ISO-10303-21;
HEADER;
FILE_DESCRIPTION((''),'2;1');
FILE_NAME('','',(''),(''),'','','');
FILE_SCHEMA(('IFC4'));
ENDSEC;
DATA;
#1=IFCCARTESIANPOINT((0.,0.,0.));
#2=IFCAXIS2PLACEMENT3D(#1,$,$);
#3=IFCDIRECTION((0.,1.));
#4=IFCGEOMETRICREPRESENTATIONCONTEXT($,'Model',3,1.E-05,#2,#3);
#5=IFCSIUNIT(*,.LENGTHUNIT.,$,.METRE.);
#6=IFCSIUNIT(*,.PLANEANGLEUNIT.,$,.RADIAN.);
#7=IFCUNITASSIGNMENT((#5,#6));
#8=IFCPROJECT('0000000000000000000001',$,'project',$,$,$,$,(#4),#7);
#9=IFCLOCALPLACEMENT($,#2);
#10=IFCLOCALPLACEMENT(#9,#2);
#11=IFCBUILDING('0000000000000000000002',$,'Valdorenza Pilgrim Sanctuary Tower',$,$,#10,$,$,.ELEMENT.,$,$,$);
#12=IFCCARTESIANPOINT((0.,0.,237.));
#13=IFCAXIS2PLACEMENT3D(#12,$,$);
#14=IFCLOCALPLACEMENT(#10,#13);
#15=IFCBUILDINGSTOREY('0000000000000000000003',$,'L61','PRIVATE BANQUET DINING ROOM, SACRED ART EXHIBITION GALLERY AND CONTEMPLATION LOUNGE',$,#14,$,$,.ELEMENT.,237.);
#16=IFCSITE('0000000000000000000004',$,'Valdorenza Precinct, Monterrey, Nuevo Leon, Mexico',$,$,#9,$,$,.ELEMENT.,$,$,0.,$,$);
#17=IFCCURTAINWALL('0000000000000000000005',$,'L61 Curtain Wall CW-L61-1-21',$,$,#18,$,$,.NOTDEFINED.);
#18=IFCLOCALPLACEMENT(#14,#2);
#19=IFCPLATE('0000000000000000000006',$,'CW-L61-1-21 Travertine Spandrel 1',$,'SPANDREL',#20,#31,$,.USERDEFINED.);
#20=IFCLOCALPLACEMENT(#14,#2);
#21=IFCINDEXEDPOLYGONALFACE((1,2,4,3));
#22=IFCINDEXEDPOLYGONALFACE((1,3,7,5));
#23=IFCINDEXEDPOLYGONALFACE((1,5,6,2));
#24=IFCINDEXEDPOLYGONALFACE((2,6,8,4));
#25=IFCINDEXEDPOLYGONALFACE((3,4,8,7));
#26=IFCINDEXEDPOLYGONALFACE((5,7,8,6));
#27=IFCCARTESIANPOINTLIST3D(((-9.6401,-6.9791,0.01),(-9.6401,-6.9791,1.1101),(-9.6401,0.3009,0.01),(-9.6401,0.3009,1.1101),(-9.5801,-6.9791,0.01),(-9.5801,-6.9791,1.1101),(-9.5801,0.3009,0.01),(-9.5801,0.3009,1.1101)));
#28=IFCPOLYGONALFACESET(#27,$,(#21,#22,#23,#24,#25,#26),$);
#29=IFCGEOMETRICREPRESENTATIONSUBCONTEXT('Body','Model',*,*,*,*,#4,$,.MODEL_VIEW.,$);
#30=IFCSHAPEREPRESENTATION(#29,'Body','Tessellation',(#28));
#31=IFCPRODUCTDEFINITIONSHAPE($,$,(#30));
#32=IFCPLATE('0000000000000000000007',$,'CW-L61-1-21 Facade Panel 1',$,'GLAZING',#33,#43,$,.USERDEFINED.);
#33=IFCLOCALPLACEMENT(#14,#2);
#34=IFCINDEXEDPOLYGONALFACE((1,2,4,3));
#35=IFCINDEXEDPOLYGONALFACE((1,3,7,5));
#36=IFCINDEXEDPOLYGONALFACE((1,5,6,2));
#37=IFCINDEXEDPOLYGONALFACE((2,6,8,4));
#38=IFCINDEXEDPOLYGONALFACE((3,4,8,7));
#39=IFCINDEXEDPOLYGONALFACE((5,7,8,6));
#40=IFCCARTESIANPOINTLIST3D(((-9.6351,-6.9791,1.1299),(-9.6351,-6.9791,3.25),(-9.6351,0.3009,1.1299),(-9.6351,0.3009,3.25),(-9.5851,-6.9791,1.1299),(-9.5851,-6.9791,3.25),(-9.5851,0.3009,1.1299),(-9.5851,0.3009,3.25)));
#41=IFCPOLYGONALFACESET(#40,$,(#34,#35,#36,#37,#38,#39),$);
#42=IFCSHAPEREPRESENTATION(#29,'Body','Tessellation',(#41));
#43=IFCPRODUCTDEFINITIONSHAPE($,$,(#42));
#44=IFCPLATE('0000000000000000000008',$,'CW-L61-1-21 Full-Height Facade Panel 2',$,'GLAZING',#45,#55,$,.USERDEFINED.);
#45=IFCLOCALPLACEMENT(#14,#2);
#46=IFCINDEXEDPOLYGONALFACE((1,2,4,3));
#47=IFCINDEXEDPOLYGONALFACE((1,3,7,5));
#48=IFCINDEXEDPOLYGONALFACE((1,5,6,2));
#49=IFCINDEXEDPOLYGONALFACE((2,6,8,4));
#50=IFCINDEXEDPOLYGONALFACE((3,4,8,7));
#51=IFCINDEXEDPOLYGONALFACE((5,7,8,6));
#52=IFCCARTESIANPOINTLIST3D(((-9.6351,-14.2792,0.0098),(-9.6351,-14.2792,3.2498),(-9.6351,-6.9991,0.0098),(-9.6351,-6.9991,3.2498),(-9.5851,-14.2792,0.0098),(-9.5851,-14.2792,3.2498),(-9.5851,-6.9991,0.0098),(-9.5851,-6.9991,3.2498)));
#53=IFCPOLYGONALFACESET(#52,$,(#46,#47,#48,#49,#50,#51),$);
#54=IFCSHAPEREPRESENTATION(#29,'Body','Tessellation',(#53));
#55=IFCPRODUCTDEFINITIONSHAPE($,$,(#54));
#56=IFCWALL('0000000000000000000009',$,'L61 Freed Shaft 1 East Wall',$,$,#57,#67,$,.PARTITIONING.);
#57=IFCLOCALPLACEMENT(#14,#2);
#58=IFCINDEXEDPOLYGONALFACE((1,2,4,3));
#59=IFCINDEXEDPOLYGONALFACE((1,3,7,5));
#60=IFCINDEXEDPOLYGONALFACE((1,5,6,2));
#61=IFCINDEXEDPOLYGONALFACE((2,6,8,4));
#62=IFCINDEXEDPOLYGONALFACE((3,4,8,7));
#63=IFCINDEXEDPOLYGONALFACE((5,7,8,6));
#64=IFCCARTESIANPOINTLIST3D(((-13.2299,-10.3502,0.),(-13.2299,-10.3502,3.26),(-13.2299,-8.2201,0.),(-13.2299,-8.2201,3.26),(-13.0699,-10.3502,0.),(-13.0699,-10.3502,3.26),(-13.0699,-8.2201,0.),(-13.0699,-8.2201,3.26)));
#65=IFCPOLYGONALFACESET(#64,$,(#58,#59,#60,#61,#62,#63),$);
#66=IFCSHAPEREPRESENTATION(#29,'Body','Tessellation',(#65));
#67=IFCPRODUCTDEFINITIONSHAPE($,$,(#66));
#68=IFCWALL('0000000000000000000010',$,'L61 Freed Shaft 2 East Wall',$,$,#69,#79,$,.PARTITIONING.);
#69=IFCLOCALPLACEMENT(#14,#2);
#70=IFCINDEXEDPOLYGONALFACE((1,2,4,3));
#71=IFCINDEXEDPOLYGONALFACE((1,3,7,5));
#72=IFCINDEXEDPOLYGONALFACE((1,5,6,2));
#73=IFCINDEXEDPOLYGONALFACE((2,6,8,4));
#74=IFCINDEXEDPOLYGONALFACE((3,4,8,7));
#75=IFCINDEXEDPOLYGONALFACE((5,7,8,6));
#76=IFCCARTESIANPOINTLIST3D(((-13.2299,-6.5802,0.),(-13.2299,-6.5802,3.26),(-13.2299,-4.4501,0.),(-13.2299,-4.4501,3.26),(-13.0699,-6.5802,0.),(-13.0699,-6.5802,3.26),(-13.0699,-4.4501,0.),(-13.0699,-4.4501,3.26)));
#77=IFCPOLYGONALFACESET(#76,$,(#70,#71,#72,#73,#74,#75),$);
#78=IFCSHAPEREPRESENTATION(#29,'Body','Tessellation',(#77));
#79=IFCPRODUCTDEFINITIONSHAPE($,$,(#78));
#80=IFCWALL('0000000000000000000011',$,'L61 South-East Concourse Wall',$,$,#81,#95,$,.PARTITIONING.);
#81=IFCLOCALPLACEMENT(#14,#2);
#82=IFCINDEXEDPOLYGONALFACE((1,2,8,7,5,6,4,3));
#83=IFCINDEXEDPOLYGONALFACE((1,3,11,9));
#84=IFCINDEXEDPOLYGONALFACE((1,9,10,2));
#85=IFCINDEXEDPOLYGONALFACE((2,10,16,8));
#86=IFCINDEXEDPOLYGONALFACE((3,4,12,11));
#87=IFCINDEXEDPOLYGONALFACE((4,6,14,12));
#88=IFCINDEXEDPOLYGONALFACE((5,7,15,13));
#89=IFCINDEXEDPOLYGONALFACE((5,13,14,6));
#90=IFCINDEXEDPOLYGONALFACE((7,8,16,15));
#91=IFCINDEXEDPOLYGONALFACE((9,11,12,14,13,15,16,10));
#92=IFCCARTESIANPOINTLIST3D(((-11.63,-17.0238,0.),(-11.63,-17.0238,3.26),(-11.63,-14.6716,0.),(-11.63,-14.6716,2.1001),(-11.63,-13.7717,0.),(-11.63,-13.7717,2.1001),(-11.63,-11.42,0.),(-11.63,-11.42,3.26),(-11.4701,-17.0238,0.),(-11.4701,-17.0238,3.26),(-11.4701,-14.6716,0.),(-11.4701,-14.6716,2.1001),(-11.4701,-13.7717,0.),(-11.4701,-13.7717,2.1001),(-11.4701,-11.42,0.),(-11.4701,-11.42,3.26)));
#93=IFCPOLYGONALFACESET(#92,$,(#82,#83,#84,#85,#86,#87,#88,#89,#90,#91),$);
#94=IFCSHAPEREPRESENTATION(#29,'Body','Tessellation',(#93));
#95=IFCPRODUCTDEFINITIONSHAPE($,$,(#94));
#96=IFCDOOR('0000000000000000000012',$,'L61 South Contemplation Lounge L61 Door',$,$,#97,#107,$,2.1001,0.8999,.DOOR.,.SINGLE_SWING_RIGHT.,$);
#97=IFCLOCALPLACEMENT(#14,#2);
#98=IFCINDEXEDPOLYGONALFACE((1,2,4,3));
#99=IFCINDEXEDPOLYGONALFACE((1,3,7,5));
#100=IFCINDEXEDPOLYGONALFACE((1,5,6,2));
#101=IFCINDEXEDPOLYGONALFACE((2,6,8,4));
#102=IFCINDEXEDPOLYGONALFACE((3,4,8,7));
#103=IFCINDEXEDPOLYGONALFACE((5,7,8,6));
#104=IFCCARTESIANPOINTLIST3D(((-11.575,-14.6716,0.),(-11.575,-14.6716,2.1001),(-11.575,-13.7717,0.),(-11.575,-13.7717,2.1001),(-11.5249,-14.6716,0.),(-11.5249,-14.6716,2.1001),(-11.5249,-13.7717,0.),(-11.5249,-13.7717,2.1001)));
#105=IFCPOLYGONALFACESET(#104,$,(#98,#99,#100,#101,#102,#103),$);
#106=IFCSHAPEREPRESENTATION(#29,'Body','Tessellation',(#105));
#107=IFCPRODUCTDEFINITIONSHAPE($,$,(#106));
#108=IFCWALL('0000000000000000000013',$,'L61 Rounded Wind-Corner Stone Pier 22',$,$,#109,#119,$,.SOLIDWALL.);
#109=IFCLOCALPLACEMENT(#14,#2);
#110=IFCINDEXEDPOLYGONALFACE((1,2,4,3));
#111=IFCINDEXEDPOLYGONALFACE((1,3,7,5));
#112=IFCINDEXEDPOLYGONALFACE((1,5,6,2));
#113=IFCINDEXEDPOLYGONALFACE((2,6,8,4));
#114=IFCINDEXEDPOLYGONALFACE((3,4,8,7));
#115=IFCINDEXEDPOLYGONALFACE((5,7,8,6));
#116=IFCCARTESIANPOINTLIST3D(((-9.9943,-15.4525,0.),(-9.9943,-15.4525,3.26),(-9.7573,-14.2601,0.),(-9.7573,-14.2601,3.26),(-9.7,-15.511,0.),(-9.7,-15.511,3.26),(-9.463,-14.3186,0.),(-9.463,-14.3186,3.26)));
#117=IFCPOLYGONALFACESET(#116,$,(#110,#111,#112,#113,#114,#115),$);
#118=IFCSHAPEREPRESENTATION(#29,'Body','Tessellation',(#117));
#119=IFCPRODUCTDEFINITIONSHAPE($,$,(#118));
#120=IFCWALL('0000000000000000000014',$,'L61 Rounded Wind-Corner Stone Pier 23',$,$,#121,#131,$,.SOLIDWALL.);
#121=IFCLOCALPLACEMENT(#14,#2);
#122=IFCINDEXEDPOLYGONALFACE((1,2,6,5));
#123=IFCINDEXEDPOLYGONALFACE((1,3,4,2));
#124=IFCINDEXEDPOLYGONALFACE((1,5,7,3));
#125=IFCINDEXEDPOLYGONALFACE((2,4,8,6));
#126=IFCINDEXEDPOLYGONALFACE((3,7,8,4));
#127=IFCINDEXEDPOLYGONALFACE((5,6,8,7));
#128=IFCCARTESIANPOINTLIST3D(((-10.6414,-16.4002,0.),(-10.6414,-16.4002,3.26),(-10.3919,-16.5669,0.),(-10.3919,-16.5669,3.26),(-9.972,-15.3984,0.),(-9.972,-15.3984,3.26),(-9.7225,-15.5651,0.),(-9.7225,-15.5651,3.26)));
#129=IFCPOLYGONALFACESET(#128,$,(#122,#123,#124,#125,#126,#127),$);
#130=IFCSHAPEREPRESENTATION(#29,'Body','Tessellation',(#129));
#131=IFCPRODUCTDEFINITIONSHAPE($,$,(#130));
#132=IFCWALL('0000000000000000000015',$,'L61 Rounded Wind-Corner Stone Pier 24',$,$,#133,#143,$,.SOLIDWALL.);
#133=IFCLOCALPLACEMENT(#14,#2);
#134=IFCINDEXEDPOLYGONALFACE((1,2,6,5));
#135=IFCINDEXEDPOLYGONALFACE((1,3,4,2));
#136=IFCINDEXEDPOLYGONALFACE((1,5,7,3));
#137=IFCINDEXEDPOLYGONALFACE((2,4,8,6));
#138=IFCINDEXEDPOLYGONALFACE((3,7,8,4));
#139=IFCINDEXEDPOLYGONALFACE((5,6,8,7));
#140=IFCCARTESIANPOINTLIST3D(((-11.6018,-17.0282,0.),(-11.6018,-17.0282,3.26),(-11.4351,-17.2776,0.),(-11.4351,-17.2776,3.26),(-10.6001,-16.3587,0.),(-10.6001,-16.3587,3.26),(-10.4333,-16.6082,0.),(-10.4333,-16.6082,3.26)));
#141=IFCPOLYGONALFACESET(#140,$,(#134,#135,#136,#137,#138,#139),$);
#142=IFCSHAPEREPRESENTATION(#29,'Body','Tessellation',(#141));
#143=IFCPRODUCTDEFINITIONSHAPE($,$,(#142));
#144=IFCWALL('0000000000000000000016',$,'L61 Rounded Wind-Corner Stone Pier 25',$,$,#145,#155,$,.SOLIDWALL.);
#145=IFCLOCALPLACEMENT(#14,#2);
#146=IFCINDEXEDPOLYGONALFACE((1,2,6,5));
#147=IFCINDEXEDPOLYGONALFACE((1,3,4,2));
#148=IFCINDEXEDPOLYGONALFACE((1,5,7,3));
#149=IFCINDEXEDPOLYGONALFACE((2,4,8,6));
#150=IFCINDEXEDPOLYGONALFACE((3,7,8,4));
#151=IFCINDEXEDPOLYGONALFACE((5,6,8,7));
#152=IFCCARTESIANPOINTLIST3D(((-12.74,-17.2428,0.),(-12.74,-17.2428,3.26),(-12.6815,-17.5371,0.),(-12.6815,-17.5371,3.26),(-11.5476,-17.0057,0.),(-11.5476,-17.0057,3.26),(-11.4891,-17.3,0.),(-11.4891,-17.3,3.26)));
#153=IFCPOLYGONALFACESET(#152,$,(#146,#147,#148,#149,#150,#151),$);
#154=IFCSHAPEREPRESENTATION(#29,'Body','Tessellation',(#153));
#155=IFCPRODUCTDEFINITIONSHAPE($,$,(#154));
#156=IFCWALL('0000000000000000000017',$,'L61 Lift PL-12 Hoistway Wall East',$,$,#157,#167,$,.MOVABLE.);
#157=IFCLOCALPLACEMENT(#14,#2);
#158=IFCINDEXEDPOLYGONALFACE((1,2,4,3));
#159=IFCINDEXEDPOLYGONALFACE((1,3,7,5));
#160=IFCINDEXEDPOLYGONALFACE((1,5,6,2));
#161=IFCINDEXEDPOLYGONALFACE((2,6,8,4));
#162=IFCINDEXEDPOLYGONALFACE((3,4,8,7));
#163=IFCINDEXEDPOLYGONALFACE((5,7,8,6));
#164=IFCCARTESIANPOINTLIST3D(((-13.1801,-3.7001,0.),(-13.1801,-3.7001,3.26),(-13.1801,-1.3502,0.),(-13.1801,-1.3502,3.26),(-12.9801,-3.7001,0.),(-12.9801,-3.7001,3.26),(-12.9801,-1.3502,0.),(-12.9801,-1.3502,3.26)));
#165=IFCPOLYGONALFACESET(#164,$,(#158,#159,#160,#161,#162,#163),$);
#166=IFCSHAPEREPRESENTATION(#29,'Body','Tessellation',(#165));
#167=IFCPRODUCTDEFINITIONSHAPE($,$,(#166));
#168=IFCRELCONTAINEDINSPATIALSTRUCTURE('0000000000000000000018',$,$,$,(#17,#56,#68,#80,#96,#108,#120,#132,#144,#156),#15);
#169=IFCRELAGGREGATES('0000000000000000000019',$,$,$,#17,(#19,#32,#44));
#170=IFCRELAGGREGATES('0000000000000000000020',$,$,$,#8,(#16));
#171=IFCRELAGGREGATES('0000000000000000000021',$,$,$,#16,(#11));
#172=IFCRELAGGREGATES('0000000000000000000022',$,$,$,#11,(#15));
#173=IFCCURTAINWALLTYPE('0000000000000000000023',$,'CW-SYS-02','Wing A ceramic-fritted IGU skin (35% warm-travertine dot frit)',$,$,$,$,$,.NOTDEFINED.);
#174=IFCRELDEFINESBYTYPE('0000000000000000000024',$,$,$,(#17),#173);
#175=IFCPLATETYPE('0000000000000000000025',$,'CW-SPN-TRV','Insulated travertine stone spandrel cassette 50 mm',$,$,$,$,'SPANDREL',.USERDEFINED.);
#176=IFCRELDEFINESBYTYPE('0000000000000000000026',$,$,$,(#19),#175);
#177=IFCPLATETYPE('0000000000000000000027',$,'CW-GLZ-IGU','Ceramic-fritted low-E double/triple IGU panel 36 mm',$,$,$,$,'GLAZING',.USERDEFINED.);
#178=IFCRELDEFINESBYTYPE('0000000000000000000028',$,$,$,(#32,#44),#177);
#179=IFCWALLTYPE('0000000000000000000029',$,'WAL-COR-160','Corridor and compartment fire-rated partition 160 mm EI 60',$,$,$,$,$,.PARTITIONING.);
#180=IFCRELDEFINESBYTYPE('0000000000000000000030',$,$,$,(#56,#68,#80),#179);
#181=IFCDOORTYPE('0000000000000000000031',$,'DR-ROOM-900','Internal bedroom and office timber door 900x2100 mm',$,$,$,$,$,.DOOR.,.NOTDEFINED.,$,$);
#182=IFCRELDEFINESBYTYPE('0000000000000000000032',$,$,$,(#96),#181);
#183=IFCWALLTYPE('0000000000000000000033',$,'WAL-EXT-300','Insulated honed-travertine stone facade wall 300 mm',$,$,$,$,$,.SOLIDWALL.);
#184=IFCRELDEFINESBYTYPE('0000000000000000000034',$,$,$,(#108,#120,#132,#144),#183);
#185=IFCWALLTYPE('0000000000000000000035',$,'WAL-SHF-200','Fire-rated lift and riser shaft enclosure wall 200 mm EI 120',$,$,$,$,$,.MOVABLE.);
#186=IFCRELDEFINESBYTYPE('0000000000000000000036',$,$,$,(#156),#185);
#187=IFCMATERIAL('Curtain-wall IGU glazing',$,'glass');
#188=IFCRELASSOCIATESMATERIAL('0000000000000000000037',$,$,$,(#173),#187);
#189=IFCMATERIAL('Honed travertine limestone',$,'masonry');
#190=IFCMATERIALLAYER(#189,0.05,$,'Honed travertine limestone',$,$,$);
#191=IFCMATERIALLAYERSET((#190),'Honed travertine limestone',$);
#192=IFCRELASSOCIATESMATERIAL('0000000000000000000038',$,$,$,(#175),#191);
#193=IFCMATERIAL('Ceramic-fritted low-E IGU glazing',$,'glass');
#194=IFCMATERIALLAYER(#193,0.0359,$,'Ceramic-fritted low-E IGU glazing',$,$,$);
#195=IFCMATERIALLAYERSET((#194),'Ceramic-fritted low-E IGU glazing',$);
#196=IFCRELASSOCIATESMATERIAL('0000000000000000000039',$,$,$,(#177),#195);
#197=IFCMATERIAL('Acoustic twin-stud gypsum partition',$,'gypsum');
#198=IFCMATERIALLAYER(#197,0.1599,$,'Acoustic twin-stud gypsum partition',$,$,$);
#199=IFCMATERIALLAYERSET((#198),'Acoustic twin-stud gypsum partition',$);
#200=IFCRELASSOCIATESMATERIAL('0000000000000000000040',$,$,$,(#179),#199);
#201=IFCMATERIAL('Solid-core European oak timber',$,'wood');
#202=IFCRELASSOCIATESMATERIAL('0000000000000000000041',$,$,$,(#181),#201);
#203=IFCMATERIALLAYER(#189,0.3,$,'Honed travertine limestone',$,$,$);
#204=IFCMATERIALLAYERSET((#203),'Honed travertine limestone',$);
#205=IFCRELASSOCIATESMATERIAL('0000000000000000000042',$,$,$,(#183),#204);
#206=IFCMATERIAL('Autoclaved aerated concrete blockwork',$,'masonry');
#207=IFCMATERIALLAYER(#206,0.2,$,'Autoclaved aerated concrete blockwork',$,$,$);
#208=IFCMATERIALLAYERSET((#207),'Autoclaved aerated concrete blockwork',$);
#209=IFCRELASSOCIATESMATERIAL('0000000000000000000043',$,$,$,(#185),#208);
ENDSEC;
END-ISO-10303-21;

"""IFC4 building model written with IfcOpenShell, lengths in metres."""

from ifc_helpers import new_model, si_unit, direction, frame, frame_2d, origin, origin_2d, place, context, subcontext, project, spatial, rectangle, extrude, source, transform, mapped, material, layer, layer_set, type_object, element, fill, aggregate, save


model = new_model("IFC4")

# Units and contexts
model_context = context("Model", 3, precision=1e-05, world=origin(), true_north=direction((0.0, 1.0)))
body_context = subcontext(model_context, "Body", "Model", "MODEL_VIEW")
ifc_project = project(units=[si_unit("LENGTHUNIT", "METRE"), si_unit("PLANEANGLEUNIT", "RADIAN")], contexts=[model_context])

# Site, building, storey
site_placement = place(None, origin())
site = spatial("IfcSite", under=ifc_project, at=site_placement, Name="Valdorenza Precinct, Monterrey, Nuevo Leon, Mexico", CompositionType="ELEMENT", RefElevation=0.0)
building_placement = place(site_placement, origin())
building = spatial("IfcBuilding", under=site, at=building_placement, Name="Valdorenza Pilgrim Sanctuary Tower", CompositionType="ELEMENT")
storey_placement = place(building_placement, frame((0.0, 0.0, 237.0)))
storey = spatial("IfcBuildingStorey", under=building, at=storey_placement, Name="L61", Description="PRIVATE BANQUET DINING ROOM, SACRED ART EXHIBITION GALLERY AND CONTEMPLATION LOUNGE", CompositionType="ELEMENT", Elevation=237.0)

# Shared definitions
ifc_material_1 = material(Name="Curtain-wall IGU glazing", Category="glass")
curtain_wall_type = type_object("IfcCurtainWallType", Name="CW-SYS-02", Description="Wing A ceramic-fritted IGU skin (35% warm-travertine dot frit)", PredefinedType="NOTDEFINED", material=ifc_material_1)

# Curtain wall
curtain_wall_1_placement = place(storey_placement, origin())
curtain_wall_1 = element("IfcCurtainWall", 1, at=curtain_wall_1_placement, inside=storey, type_object=curtain_wall_type, Name="L61 Curtain Wall CW-L61-1-21", PredefinedType="NOTDEFINED")

# Plates
ifc_material_2 = material(Name="Honed travertine limestone", Category="masonry")
ifc_layer_1 = layer(ifc_material_2, 0.05, Name="Honed travertine limestone")
ifc_layer_set_1 = layer_set([ifc_layer_1], Name="Honed travertine limestone")
plate_type_1 = type_object("IfcPlateType", Name="CW-SPN-TRV", Description="Insulated travertine stone spandrel cassette 50 mm", ElementType="SPANDREL", PredefinedType="USERDEFINED", material=ifc_layer_set_1)
shared_shape_1 = source(origin(), body_context, "Body", "SweptSolid", [
    extrude(rectangle(XDim=7.28, YDim=0.0601, at=origin_2d()), origin(), (0.0, 0.0, 1.0), 1.1001),
])
plate_1_placement = place(storey_placement, frame((-9.6101, -3.3391, 0.01), z_axis=(0.0, 0.0, 1.0), x_axis=(0.0, -1.0, 0.0)))
plate_1 = element("IfcPlate", 2, at=plate_1_placement, type_object=plate_type_1, Name="CW-L61-1-21 Travertine Spandrel 1", ObjectType="SPANDREL", PredefinedType="USERDEFINED", context=body_context, shape_type="MappedRepresentation", body=[
    mapped(shared_shape_1, transform((0.0, 0.0, 0.0), x_axis=(1.0, 0.0, 0.0), y_axis=(0.0, 1.0, 0.0), z_axis=(0.0, 0.0, 1.0), scale=1.0)),
])
ifc_material_3 = material(Name="Ceramic-fritted low-E IGU glazing", Category="glass")
ifc_layer_2 = layer(ifc_material_3, 0.0359, Name="Ceramic-fritted low-E IGU glazing")
ifc_layer_set_2 = layer_set([ifc_layer_2], Name="Ceramic-fritted low-E IGU glazing")
plate_type_2 = type_object("IfcPlateType", Name="CW-GLZ-IGU", Description="Ceramic-fritted low-E double/triple IGU panel 36 mm", ElementType="GLAZING", PredefinedType="USERDEFINED", material=ifc_layer_set_2)
shared_shape_2 = source(origin(), body_context, "Body", "SweptSolid", [
    extrude(rectangle(XDim=7.28, YDim=0.05, at=origin_2d()), origin(), (0.0, 0.0, 1.0), 2.1201),
])
plate_2_placement = place(storey_placement, frame((-9.6101, -3.3391, 1.1299), z_axis=(0.0, 0.0, 1.0), x_axis=(0.0, -1.0, 0.0)))
plate_2 = element("IfcPlate", 3, at=plate_2_placement, type_object=plate_type_2, Name="CW-L61-1-21 Facade Panel 1", ObjectType="GLAZING", PredefinedType="USERDEFINED", context=body_context, shape_type="MappedRepresentation", body=[
    mapped(shared_shape_2, transform((0.0, 0.0, 0.0), x_axis=(1.0, 0.0, 0.0), y_axis=(0.0, 1.0, 0.0), z_axis=(0.0, 0.0, 1.0), scale=1.0)),
])
shared_shape_3 = source(origin(), body_context, "Body", "SweptSolid", [
    extrude(rectangle(XDim=7.28, YDim=0.05, at=origin_2d()), origin(), (0.0, 0.0, 1.0), 3.24),
])
plate_3_placement = place(storey_placement, frame((-9.6101, -10.6392, 0.0098), z_axis=(0.0, 0.0, 1.0), x_axis=(0.0, -1.0, 0.0)))
plate_3 = element("IfcPlate", 4, at=plate_3_placement, type_object=plate_type_2, Name="CW-L61-1-21 Full-Height Facade Panel 2", ObjectType="GLAZING", PredefinedType="USERDEFINED", context=body_context, shape_type="MappedRepresentation", body=[
    mapped(shared_shape_3, transform((0.0, 0.0, 0.0), x_axis=(1.0, 0.0, 0.0), y_axis=(0.0, 1.0, 0.0), z_axis=(0.0, 0.0, 1.0), scale=1.0)),
])
aggregate(curtain_wall_1, [plate_1, plate_2, plate_3])

# Walls
ifc_material_4 = material(Name="Acoustic twin-stud gypsum partition", Category="gypsum")
ifc_layer_3 = layer(ifc_material_4, 0.1599, Name="Acoustic twin-stud gypsum partition")
ifc_layer_set_3 = layer_set([ifc_layer_3], Name="Acoustic twin-stud gypsum partition")
wall_type_1 = type_object("IfcWallType", Name="WAL-COR-160", Description="Corridor and compartment fire-rated partition 160 mm EI 60", PredefinedType="PARTITIONING", material=ifc_layer_set_3)
for number, where, z_axis, x_axis, name in (
    (5, (-13.1499, -10.3501, 0.0), (0.0, 0.0, 1.0), (0.0, 1.0, 0.0), "L61 Freed Shaft 1 East Wall"),
    (6, (-13.1499, -6.5801, 0.0), (0.0, 0.0, 1.0), (0.0, 1.0, 0.0), "L61 Freed Shaft 2 East Wall"),
):
    element("IfcWall", number, at=place(storey_placement, frame(where, z_axis=z_axis, x_axis=x_axis)), inside=storey, type_object=wall_type_1, Name=name, PredefinedType="PARTITIONING", context=body_context, shape_type="SweptSolid", body=[
        extrude(rectangle(XDim=2.1301, YDim=0.1599, at=frame_2d((1.0649, 0.0))), origin(), (0.0, 0.0, 1.0), 3.26),
    ])

# Wall, opening, door
wall_1_placement = place(storey_placement, frame((-11.55, -17.0237, 0.0), z_axis=(0.0, 0.0, 1.0), x_axis=(0.0, 1.0, 0.0)))
wall_1 = element("IfcWall", 7, at=wall_1_placement, inside=storey, type_object=wall_type_1, Name="L61 South-East Concourse Wall", PredefinedType="PARTITIONING", context=body_context, shape_type="SweptSolid", body=[
    extrude(rectangle(XDim=5.6038, YDim=0.1599, at=frame_2d((2.8018, 0.0))), origin(), (0.0, 0.0, 1.0), 3.26),
])
opening_placement = place(wall_1_placement, frame((2.3521, 0.0, 0.0)))
opening = element("IfcOpeningElement", 8, at=opening_placement, cuts=wall_1, PredefinedType="OPENING", context=body_context, shape_type="SweptSolid", body=[
    extrude(rectangle(XDim=0.8999, YDim=2.1001, at=frame_2d((0.45, 1.05))), frame((0.0, 0.0947, 0.0), z_axis=(0.0, -1.0, 0.0), x_axis=(1.0, 0.0, 0.0)), (0.0, 0.0, 1.0), 0.1897),
])
ifc_material_5 = material(Name="Solid-core European oak timber", Category="wood")
door_type = type_object("IfcDoorType", Name="DR-ROOM-900", Description="Internal bedroom and office timber door 900x2100 mm", OperationType="NOTDEFINED", PredefinedType="DOOR", material=ifc_material_5)
door_placement = place(opening_placement, origin())
door = element("IfcDoor", 9, at=door_placement, inside=storey, type_object=door_type, Name="L61 South Contemplation Lounge L61 Door", OperationType="SINGLE_SWING_RIGHT", OverallHeight=2.1001, OverallWidth=0.8999, PredefinedType="DOOR", context=body_context, shape_type="SweptSolid", body=[
    extrude(rectangle(XDim=0.8999, YDim=2.1001, at=frame_2d((0.45, 1.05))), frame((0.0, 0.0249, 0.0), z_axis=(0.0, -1.0, 0.0), x_axis=(1.0, 0.0, 0.0)), (0.0, 0.0, 1.0), 0.05),
])
fill(opening, door)

# Walls
ifc_layer_4 = layer(ifc_material_2, 0.3, Name="Honed travertine limestone")
ifc_layer_set_4 = layer_set([ifc_layer_4], Name="Honed travertine limestone")
wall_type_2 = type_object("IfcWallType", Name="WAL-EXT-300", Description="Insulated honed-travertine stone facade wall 300 mm", PredefinedType="SOLIDWALL", material=ifc_layer_set_4)
wall_2_placement = place(storey_placement, frame((-9.6101, -14.2893, 0.0), z_axis=(0.0, 0.0, 1.0), x_axis=(-0.194996, -0.980804, 0.0)))
element("IfcWall", 10, at=wall_2_placement, inside=storey, type_object=wall_type_2, Name="L61 Rounded Wind-Corner Stone Pier 22", PredefinedType="SOLIDWALL", context=body_context, shape_type="SweptSolid", body=[
    extrude(rectangle(XDim=1.2158, YDim=0.3, at=frame_2d((0.6079, 0.0))), origin(), (0.0, 0.0, 1.0), 3.26),
])
for number, where, z_axis, x_axis, name in (
    (11, (-9.8472, -15.4817, 0.0), (0.0, 0.0, 1.0), (-0.555635, -0.831426, 0.0), "L61 Rounded Wind-Corner Stone Pier 23"),
    (12, (-10.5166, -16.4834, 0.0), (0.0, 0.0, 1.0), (-0.831426, -0.555635, 0.0), "L61 Rounded Wind-Corner Stone Pier 24"),
):
    element("IfcWall", number, at=place(storey_placement, frame(where, z_axis=z_axis, x_axis=x_axis)), inside=storey, type_object=wall_type_2, Name=name, PredefinedType="SOLIDWALL", context=body_context, shape_type="SweptSolid", body=[
        extrude(rectangle(XDim=1.2048, YDim=0.3, at=frame_2d((0.6025, 0.0))), origin(), (0.0, 0.0, 1.0), 3.26),
    ])
wall_3_placement = place(storey_placement, frame((-11.5183, -17.1528, 0.0), z_axis=(0.0, 0.0, 1.0), x_axis=(-0.980804, -0.194996, 0.0)))
element("IfcWall", 13, at=wall_3_placement, inside=storey, type_object=wall_type_2, Name="L61 Rounded Wind-Corner Stone Pier 25", PredefinedType="SOLIDWALL", context=body_context, shape_type="SweptSolid", body=[
    extrude(rectangle(XDim=1.2158, YDim=0.3, at=frame_2d((0.6079, 0.0))), origin(), (0.0, 0.0, 1.0), 3.26),
])
ifc_material_6 = material(Name="Autoclaved aerated concrete blockwork", Category="masonry")
ifc_layer_5 = layer(ifc_material_6, 0.2, Name="Autoclaved aerated concrete blockwork")
ifc_layer_set_5 = layer_set([ifc_layer_5], Name="Autoclaved aerated concrete blockwork")
wall_type_3 = type_object("IfcWallType", Name="WAL-SHF-200", Description="Fire-rated lift and riser shaft enclosure wall 200 mm EI 120", PredefinedType="MOVABLE", material=ifc_layer_set_5)
wall_4_placement = place(storey_placement, frame((-13.0801, -3.7, 0.0), z_axis=(0.0, 0.0, 1.0), x_axis=(0.0, 1.0, 0.0)))
element("IfcWall", 14, at=wall_4_placement, inside=storey, type_object=wall_type_3, Name="L61 Lift PL-12 Hoistway Wall East", PredefinedType="MOVABLE", context=body_context, shape_type="SweptSolid", body=[
    extrude(rectangle(XDim=2.3499, YDim=0.2, at=frame_2d((1.1748, 0.0))), origin(), (0.0, 0.0, 1.0), 3.26),
])

save(model, "model.ifc")
